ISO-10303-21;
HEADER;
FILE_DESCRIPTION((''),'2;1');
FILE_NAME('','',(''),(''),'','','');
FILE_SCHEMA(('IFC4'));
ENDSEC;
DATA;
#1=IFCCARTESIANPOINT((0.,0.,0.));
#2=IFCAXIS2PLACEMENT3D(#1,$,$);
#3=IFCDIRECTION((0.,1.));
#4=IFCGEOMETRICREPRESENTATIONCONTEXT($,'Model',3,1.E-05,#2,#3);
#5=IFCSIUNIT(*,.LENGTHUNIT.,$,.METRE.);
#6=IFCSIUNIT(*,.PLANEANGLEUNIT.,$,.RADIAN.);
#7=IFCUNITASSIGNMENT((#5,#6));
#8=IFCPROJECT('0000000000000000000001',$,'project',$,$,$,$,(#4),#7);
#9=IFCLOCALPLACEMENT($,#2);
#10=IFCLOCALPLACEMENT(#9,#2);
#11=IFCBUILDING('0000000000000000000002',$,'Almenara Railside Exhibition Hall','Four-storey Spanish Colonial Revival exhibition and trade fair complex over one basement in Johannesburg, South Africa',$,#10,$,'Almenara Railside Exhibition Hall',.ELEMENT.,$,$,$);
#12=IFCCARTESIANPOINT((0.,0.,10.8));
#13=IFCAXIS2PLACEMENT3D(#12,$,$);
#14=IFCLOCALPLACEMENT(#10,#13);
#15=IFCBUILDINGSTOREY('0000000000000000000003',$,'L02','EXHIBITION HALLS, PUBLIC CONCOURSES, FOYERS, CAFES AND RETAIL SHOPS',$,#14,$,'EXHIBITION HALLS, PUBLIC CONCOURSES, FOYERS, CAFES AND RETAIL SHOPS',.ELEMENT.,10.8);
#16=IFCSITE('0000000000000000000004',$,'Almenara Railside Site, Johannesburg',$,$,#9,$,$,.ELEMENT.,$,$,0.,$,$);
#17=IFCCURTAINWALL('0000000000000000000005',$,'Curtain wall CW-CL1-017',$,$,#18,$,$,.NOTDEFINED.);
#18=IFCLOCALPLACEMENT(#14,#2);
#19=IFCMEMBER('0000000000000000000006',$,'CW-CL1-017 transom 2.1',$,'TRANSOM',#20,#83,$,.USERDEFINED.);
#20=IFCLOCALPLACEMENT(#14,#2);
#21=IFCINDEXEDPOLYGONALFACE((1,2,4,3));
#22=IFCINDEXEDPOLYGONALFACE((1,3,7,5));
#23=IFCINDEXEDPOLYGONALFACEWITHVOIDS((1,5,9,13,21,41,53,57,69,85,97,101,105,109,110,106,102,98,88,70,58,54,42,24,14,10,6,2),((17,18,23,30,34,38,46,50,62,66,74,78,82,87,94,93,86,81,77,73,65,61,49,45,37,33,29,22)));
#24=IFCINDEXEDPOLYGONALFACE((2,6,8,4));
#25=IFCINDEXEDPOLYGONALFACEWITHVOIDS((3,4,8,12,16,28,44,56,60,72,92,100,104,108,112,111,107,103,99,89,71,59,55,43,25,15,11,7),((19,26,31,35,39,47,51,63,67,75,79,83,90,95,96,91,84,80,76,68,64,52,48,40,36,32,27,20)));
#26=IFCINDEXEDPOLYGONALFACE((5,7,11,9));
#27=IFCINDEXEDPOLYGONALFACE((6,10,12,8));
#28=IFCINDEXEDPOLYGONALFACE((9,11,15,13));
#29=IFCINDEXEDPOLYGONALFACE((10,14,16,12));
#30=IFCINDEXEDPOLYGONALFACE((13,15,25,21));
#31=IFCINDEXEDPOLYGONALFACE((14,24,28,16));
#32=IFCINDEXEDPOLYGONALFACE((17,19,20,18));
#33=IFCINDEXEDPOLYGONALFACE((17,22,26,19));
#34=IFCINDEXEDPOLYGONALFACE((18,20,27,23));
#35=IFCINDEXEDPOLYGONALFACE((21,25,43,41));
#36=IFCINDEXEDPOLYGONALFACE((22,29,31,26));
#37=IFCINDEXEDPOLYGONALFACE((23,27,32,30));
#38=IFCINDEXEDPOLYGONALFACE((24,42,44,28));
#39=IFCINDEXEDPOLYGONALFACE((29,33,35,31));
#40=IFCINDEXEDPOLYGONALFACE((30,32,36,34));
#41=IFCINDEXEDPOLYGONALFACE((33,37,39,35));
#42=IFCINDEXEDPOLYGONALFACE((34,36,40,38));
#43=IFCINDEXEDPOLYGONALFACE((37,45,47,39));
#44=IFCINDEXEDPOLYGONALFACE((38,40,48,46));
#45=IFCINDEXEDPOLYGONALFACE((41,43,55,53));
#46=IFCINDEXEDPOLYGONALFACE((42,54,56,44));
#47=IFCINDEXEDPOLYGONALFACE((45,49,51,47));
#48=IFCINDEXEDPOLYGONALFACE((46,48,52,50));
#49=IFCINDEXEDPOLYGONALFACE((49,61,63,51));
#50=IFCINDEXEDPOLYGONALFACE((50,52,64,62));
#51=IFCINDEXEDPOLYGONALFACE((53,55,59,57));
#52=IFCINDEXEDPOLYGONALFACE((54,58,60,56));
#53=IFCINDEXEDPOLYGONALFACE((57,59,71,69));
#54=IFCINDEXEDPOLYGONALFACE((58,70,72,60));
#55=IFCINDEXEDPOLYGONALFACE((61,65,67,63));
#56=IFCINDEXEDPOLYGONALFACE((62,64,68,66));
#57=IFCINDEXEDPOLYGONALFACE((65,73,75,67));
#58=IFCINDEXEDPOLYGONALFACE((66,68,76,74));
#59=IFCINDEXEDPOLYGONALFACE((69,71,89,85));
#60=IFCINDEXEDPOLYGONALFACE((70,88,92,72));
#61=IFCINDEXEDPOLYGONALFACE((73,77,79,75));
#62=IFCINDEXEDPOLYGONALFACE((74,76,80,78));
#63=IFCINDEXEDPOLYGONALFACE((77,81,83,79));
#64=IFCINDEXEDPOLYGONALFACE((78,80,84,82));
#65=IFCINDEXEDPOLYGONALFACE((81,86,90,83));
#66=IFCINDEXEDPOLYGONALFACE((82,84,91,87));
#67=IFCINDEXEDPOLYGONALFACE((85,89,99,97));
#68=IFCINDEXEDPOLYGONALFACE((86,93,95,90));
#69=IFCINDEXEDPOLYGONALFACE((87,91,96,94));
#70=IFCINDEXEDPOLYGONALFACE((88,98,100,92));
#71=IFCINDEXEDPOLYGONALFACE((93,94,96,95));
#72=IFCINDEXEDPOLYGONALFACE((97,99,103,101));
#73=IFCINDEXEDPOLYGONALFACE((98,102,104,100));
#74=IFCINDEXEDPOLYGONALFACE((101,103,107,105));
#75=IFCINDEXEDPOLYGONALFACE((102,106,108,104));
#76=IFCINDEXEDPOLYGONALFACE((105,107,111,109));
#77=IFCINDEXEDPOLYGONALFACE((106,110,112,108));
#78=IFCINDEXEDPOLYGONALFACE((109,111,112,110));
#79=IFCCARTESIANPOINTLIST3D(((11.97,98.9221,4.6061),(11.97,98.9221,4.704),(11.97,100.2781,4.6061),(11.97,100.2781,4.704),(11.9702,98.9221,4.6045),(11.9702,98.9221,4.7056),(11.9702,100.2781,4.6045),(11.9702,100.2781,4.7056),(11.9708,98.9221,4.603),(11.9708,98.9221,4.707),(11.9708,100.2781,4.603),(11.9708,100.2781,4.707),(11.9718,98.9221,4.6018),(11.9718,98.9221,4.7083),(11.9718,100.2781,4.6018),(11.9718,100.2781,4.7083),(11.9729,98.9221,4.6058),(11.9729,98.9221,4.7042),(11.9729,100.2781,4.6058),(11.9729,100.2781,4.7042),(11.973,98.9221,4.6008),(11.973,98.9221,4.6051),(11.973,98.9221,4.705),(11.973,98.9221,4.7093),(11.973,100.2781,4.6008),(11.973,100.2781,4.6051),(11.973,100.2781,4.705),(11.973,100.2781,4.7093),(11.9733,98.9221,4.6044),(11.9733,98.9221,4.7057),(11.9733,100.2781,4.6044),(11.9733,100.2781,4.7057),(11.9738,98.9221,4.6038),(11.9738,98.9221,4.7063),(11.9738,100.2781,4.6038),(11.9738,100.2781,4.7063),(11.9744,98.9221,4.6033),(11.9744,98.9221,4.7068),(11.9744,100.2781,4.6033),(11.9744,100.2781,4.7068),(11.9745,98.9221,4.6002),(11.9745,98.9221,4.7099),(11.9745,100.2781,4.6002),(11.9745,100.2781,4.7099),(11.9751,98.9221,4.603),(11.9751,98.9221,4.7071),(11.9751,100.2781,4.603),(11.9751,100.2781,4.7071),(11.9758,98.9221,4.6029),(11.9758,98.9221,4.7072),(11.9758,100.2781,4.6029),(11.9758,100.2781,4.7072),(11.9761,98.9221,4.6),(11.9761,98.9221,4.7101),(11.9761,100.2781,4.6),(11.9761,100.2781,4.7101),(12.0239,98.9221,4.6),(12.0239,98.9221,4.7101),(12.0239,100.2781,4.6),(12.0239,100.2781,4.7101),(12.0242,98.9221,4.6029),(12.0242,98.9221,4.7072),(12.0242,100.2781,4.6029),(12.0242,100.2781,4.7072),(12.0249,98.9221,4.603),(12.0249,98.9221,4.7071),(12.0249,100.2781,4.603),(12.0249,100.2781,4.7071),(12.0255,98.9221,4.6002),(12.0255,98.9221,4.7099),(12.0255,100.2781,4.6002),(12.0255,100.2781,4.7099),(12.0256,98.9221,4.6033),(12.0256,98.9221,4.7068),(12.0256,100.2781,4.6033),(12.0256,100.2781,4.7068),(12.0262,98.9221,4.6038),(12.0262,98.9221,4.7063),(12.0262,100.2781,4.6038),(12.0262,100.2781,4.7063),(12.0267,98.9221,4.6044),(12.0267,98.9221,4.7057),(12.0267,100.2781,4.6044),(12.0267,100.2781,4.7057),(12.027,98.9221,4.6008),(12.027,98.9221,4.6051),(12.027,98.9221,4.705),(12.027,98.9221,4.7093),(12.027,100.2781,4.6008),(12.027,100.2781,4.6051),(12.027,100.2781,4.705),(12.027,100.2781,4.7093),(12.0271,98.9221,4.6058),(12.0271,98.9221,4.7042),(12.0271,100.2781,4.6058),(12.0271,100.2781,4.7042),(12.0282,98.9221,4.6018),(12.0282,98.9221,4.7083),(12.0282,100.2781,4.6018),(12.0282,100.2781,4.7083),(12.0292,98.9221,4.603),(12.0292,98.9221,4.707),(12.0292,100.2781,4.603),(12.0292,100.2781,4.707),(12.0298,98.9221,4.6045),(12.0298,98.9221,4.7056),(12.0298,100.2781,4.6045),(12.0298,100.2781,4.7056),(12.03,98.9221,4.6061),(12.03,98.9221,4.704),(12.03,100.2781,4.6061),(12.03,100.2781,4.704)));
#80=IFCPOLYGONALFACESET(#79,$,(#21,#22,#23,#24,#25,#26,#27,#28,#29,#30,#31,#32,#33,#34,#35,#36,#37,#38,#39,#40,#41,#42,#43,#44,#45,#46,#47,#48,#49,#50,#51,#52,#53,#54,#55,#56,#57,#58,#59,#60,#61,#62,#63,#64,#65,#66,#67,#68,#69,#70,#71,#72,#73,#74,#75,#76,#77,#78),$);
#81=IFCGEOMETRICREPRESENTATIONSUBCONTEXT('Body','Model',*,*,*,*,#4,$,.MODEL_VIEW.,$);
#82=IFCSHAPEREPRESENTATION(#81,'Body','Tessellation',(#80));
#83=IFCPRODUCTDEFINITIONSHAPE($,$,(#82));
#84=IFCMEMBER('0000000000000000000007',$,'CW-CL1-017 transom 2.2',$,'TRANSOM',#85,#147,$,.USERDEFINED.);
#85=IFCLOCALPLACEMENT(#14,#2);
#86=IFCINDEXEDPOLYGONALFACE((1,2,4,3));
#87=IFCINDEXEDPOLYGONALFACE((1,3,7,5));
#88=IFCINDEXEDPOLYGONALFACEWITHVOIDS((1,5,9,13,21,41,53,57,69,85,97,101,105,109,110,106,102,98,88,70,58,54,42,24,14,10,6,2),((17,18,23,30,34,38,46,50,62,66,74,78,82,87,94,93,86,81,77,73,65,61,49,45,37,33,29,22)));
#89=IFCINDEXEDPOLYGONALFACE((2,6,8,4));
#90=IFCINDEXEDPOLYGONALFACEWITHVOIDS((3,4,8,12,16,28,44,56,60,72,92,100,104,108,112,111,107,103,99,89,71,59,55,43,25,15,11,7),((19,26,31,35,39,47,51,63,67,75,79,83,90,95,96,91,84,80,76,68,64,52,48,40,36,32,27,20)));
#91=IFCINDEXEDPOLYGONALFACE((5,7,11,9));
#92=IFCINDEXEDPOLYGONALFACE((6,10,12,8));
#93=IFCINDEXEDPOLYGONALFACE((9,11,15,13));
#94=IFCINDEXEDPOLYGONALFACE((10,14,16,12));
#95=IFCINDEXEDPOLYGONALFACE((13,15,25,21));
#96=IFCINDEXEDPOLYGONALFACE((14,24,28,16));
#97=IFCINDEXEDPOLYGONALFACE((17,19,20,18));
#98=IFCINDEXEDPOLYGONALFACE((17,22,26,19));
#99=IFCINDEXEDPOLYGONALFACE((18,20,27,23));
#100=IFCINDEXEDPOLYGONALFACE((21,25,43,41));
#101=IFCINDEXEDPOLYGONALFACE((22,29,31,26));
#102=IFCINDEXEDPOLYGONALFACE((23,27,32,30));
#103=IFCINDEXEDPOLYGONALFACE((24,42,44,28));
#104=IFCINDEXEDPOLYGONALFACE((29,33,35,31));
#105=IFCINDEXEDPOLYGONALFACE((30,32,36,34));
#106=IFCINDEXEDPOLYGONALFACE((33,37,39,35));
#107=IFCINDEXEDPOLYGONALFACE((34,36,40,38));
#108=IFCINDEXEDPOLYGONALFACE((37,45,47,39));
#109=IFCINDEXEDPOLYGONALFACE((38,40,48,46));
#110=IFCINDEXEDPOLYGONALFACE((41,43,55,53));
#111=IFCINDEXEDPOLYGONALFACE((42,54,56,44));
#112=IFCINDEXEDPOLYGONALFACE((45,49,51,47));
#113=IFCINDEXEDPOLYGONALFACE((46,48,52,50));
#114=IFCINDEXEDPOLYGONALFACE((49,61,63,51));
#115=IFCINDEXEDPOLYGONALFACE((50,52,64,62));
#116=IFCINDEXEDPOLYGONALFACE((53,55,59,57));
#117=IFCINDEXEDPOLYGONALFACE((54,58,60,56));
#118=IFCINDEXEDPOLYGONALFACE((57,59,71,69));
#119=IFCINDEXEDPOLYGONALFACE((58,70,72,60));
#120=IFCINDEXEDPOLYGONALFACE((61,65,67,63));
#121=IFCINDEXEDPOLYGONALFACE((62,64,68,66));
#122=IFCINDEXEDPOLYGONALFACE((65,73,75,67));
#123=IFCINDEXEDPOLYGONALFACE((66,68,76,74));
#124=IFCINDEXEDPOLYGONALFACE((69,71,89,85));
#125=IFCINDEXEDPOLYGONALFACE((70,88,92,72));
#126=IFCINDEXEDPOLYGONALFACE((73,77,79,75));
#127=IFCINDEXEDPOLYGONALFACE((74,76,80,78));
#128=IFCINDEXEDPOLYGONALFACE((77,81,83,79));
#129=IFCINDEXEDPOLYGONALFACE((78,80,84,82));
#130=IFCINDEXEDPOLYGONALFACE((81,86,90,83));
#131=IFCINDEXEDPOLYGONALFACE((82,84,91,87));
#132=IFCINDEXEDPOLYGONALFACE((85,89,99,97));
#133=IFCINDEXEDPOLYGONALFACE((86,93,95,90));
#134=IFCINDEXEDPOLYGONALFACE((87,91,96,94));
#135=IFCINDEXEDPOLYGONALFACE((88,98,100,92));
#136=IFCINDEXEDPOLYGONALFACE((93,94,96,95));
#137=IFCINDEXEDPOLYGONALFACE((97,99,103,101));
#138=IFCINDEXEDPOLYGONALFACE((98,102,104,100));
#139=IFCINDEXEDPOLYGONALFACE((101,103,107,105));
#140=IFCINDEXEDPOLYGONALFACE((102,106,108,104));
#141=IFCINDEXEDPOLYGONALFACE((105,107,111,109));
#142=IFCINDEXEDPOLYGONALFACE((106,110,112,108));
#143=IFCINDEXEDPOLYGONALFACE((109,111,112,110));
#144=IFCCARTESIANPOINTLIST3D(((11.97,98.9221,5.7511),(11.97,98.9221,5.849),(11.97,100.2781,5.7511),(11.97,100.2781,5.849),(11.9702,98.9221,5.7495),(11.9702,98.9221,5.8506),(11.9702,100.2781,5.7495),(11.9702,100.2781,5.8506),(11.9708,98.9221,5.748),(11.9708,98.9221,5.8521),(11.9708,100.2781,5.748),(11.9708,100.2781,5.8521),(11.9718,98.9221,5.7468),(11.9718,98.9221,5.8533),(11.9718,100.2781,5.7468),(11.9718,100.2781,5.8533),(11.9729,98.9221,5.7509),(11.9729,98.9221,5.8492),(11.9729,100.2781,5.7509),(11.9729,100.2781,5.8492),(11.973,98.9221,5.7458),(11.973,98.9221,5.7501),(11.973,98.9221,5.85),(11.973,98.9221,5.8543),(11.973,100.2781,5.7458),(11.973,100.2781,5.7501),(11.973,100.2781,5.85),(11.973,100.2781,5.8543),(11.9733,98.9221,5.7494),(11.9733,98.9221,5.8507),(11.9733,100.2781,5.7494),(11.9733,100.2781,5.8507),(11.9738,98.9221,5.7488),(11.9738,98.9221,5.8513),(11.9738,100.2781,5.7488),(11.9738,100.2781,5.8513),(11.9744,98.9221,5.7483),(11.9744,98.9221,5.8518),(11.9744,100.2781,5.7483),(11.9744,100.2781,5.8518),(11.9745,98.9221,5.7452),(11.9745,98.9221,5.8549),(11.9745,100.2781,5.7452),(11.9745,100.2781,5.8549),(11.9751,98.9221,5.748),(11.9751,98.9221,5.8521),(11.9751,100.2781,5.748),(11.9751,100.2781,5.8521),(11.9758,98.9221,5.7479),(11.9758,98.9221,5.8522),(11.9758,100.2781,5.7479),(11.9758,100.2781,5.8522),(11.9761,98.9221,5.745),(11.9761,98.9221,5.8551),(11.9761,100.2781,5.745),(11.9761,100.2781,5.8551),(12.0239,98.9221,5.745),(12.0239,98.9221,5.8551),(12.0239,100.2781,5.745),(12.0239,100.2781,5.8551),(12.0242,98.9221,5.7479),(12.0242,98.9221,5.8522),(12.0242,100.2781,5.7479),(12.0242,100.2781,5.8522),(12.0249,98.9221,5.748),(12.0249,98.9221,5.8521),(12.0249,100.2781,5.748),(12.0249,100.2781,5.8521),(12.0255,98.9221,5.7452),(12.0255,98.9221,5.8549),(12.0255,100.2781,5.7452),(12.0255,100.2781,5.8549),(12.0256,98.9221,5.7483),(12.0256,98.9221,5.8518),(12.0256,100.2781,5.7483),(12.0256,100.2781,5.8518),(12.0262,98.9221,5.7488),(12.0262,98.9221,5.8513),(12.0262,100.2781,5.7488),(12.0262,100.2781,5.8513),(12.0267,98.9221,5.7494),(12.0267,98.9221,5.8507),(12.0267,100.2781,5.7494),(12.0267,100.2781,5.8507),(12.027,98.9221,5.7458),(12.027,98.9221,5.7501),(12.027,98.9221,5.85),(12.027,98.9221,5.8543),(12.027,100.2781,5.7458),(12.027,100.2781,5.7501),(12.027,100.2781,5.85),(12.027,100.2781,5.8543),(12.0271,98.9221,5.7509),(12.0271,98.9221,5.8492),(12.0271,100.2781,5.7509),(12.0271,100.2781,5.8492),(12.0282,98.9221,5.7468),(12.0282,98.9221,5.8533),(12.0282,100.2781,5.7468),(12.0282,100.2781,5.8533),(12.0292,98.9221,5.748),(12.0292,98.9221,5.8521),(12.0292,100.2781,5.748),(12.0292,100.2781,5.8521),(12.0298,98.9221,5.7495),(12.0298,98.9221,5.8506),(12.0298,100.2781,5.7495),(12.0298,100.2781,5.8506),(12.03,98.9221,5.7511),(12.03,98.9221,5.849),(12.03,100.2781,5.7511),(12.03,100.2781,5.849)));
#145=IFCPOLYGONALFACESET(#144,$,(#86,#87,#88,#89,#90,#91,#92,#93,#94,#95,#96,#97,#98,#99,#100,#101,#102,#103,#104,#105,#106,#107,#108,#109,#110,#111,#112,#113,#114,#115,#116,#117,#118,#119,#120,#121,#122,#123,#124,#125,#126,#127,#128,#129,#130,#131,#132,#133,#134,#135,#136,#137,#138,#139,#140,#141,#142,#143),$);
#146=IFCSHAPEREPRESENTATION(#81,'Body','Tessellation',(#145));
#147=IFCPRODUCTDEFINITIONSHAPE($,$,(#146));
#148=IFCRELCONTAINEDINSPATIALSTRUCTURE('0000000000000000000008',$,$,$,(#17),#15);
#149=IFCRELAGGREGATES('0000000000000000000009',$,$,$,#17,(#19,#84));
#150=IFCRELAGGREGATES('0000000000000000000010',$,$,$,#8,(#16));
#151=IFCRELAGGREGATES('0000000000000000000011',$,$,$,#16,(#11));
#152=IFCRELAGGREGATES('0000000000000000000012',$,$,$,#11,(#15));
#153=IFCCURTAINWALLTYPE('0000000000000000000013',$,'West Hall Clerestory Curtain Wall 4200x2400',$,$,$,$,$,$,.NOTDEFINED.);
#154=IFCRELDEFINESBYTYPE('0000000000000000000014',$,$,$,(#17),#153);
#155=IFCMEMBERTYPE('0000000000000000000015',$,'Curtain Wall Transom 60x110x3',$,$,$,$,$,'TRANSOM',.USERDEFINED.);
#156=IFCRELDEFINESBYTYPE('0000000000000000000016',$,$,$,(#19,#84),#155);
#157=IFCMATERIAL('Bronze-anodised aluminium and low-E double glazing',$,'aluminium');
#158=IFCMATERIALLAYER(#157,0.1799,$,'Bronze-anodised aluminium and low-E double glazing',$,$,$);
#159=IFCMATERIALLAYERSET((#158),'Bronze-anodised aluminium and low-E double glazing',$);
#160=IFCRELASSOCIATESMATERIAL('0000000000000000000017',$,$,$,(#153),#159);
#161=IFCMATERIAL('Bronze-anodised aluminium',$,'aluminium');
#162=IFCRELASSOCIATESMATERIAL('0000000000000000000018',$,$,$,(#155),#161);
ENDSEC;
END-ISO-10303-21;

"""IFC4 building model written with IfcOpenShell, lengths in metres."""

from ifc_helpers import new_model, si_unit, direction, frame, origin, origin_2d, place, context, subcontext, project, spatial, hollow_rectangle, extrude, material, layer, layer_set, material_profile, profile_set, type_object, element, aggregate, save


model = new_model("IFC4")

# Units and contexts
model_context = context("Model", 3, precision=1e-05, world=origin(), true_north=direction((0.0, 1.0)))
body_context = subcontext(model_context, "Body", "Model", "MODEL_VIEW")
ifc_project = project(units=[si_unit("LENGTHUNIT", "METRE"), si_unit("PLANEANGLEUNIT", "RADIAN")], contexts=[model_context])

# Site, building, storey
site_placement = place(None, origin())
site = spatial("IfcSite", under=ifc_project, at=site_placement, Name="Almenara Railside Site, Johannesburg", CompositionType="ELEMENT", RefElevation=0.0)
building_placement = place(site_placement, origin())
building = spatial("IfcBuilding", under=site, at=building_placement, Name="Almenara Railside Exhibition Hall", Description="Four-storey Spanish Colonial Revival exhibition and trade fair complex over one basement in Johannesburg, South Africa", LongName="Almenara Railside Exhibition Hall", CompositionType="ELEMENT")
storey_placement = place(building_placement, frame((0.0, 0.0, 10.8)))
storey = spatial("IfcBuildingStorey", under=building, at=storey_placement, Name="L02", Description="EXHIBITION HALLS, PUBLIC CONCOURSES, FOYERS, CAFES AND RETAIL SHOPS", LongName="EXHIBITION HALLS, PUBLIC CONCOURSES, FOYERS, CAFES AND RETAIL SHOPS", CompositionType="ELEMENT", Elevation=10.8)

# Curtain wall
ifc_material_1 = material(Name="Bronze-anodised aluminium and low-E double glazing", Category="aluminium")
ifc_layer_1 = layer(ifc_material_1, 0.1799, Name="Bronze-anodised aluminium and low-E double glazing")
ifc_layer_set_1 = layer_set([ifc_layer_1], Name="Bronze-anodised aluminium and low-E double glazing")
curtain_wall_type = type_object("IfcCurtainWallType", Name="West Hall Clerestory Curtain Wall 4200x2400", PredefinedType="NOTDEFINED", material=ifc_layer_set_1)
ifc_material_2 = material(Name="Bronze-anodised aluminium", Category="aluminium")
curtain_wall_1_placement = place(storey_placement, origin())
curtain_wall_1 = element("IfcCurtainWall", 1, at=curtain_wall_1_placement, inside=storey, type_object=curtain_wall_type, Name="Curtain wall CW-CL1-017", PredefinedType="NOTDEFINED")

# Members
ifc_material_profile_1 = material_profile(ifc_material_2, hollow_rectangle(XDim=0.0601, YDim=0.1101, WallThickness=0.0029, InnerFilletRadius=0.0029, OuterFilletRadius=0.0061, at=origin_2d()), Name="ALU-TRN 60x110x3")
ifc_profile_set_1 = profile_set([ifc_material_profile_1], Name="Bronze-anodised aluminium")
member_type_1 = type_object("IfcMemberType", Name="Curtain Wall Transom 60x110x3", ElementType="TRANSOM", PredefinedType="USERDEFINED", material=ifc_profile_set_1)
member_1_placement = place(storey_placement, frame((12.0, 98.9221, 4.655), z_axis=(0.0, 1.0, 0.0), x_axis=(-1.0, 0.0, 0.0)))
member_1 = element("IfcMember", 2, at=member_1_placement, type_object=member_type_1, Name="CW-CL1-017 transom 2.1", ObjectType="TRANSOM", PredefinedType="USERDEFINED", context=body_context, shape_type="SweptSolid", body=[
    extrude(hollow_rectangle(XDim=0.0601, YDim=0.1101, WallThickness=0.0029, InnerFilletRadius=0.0029, OuterFilletRadius=0.0061, at=origin_2d()), origin(), (0.0, 0.0, 1.0), 1.356),
])
member_2_placement = place(storey_placement, frame((12.0, 98.9221, 5.8), z_axis=(0.0, 1.0, 0.0), x_axis=(-1.0, 0.0, 0.0)))
member_2 = element("IfcMember", 3, at=member_2_placement, type_object=member_type_1, Name="CW-CL1-017 transom 2.2", ObjectType="TRANSOM", PredefinedType="USERDEFINED", context=body_context, shape_type="SweptSolid", body=[
    extrude(hollow_rectangle(XDim=0.0601, YDim=0.1101, WallThickness=0.0029, InnerFilletRadius=0.0029, OuterFilletRadius=0.0061, at=origin_2d()), origin(), (0.0, 0.0, 1.0), 1.356),
])

aggregate(curtain_wall_1, [member_1, member_2])

save(model, "model.ifc")
